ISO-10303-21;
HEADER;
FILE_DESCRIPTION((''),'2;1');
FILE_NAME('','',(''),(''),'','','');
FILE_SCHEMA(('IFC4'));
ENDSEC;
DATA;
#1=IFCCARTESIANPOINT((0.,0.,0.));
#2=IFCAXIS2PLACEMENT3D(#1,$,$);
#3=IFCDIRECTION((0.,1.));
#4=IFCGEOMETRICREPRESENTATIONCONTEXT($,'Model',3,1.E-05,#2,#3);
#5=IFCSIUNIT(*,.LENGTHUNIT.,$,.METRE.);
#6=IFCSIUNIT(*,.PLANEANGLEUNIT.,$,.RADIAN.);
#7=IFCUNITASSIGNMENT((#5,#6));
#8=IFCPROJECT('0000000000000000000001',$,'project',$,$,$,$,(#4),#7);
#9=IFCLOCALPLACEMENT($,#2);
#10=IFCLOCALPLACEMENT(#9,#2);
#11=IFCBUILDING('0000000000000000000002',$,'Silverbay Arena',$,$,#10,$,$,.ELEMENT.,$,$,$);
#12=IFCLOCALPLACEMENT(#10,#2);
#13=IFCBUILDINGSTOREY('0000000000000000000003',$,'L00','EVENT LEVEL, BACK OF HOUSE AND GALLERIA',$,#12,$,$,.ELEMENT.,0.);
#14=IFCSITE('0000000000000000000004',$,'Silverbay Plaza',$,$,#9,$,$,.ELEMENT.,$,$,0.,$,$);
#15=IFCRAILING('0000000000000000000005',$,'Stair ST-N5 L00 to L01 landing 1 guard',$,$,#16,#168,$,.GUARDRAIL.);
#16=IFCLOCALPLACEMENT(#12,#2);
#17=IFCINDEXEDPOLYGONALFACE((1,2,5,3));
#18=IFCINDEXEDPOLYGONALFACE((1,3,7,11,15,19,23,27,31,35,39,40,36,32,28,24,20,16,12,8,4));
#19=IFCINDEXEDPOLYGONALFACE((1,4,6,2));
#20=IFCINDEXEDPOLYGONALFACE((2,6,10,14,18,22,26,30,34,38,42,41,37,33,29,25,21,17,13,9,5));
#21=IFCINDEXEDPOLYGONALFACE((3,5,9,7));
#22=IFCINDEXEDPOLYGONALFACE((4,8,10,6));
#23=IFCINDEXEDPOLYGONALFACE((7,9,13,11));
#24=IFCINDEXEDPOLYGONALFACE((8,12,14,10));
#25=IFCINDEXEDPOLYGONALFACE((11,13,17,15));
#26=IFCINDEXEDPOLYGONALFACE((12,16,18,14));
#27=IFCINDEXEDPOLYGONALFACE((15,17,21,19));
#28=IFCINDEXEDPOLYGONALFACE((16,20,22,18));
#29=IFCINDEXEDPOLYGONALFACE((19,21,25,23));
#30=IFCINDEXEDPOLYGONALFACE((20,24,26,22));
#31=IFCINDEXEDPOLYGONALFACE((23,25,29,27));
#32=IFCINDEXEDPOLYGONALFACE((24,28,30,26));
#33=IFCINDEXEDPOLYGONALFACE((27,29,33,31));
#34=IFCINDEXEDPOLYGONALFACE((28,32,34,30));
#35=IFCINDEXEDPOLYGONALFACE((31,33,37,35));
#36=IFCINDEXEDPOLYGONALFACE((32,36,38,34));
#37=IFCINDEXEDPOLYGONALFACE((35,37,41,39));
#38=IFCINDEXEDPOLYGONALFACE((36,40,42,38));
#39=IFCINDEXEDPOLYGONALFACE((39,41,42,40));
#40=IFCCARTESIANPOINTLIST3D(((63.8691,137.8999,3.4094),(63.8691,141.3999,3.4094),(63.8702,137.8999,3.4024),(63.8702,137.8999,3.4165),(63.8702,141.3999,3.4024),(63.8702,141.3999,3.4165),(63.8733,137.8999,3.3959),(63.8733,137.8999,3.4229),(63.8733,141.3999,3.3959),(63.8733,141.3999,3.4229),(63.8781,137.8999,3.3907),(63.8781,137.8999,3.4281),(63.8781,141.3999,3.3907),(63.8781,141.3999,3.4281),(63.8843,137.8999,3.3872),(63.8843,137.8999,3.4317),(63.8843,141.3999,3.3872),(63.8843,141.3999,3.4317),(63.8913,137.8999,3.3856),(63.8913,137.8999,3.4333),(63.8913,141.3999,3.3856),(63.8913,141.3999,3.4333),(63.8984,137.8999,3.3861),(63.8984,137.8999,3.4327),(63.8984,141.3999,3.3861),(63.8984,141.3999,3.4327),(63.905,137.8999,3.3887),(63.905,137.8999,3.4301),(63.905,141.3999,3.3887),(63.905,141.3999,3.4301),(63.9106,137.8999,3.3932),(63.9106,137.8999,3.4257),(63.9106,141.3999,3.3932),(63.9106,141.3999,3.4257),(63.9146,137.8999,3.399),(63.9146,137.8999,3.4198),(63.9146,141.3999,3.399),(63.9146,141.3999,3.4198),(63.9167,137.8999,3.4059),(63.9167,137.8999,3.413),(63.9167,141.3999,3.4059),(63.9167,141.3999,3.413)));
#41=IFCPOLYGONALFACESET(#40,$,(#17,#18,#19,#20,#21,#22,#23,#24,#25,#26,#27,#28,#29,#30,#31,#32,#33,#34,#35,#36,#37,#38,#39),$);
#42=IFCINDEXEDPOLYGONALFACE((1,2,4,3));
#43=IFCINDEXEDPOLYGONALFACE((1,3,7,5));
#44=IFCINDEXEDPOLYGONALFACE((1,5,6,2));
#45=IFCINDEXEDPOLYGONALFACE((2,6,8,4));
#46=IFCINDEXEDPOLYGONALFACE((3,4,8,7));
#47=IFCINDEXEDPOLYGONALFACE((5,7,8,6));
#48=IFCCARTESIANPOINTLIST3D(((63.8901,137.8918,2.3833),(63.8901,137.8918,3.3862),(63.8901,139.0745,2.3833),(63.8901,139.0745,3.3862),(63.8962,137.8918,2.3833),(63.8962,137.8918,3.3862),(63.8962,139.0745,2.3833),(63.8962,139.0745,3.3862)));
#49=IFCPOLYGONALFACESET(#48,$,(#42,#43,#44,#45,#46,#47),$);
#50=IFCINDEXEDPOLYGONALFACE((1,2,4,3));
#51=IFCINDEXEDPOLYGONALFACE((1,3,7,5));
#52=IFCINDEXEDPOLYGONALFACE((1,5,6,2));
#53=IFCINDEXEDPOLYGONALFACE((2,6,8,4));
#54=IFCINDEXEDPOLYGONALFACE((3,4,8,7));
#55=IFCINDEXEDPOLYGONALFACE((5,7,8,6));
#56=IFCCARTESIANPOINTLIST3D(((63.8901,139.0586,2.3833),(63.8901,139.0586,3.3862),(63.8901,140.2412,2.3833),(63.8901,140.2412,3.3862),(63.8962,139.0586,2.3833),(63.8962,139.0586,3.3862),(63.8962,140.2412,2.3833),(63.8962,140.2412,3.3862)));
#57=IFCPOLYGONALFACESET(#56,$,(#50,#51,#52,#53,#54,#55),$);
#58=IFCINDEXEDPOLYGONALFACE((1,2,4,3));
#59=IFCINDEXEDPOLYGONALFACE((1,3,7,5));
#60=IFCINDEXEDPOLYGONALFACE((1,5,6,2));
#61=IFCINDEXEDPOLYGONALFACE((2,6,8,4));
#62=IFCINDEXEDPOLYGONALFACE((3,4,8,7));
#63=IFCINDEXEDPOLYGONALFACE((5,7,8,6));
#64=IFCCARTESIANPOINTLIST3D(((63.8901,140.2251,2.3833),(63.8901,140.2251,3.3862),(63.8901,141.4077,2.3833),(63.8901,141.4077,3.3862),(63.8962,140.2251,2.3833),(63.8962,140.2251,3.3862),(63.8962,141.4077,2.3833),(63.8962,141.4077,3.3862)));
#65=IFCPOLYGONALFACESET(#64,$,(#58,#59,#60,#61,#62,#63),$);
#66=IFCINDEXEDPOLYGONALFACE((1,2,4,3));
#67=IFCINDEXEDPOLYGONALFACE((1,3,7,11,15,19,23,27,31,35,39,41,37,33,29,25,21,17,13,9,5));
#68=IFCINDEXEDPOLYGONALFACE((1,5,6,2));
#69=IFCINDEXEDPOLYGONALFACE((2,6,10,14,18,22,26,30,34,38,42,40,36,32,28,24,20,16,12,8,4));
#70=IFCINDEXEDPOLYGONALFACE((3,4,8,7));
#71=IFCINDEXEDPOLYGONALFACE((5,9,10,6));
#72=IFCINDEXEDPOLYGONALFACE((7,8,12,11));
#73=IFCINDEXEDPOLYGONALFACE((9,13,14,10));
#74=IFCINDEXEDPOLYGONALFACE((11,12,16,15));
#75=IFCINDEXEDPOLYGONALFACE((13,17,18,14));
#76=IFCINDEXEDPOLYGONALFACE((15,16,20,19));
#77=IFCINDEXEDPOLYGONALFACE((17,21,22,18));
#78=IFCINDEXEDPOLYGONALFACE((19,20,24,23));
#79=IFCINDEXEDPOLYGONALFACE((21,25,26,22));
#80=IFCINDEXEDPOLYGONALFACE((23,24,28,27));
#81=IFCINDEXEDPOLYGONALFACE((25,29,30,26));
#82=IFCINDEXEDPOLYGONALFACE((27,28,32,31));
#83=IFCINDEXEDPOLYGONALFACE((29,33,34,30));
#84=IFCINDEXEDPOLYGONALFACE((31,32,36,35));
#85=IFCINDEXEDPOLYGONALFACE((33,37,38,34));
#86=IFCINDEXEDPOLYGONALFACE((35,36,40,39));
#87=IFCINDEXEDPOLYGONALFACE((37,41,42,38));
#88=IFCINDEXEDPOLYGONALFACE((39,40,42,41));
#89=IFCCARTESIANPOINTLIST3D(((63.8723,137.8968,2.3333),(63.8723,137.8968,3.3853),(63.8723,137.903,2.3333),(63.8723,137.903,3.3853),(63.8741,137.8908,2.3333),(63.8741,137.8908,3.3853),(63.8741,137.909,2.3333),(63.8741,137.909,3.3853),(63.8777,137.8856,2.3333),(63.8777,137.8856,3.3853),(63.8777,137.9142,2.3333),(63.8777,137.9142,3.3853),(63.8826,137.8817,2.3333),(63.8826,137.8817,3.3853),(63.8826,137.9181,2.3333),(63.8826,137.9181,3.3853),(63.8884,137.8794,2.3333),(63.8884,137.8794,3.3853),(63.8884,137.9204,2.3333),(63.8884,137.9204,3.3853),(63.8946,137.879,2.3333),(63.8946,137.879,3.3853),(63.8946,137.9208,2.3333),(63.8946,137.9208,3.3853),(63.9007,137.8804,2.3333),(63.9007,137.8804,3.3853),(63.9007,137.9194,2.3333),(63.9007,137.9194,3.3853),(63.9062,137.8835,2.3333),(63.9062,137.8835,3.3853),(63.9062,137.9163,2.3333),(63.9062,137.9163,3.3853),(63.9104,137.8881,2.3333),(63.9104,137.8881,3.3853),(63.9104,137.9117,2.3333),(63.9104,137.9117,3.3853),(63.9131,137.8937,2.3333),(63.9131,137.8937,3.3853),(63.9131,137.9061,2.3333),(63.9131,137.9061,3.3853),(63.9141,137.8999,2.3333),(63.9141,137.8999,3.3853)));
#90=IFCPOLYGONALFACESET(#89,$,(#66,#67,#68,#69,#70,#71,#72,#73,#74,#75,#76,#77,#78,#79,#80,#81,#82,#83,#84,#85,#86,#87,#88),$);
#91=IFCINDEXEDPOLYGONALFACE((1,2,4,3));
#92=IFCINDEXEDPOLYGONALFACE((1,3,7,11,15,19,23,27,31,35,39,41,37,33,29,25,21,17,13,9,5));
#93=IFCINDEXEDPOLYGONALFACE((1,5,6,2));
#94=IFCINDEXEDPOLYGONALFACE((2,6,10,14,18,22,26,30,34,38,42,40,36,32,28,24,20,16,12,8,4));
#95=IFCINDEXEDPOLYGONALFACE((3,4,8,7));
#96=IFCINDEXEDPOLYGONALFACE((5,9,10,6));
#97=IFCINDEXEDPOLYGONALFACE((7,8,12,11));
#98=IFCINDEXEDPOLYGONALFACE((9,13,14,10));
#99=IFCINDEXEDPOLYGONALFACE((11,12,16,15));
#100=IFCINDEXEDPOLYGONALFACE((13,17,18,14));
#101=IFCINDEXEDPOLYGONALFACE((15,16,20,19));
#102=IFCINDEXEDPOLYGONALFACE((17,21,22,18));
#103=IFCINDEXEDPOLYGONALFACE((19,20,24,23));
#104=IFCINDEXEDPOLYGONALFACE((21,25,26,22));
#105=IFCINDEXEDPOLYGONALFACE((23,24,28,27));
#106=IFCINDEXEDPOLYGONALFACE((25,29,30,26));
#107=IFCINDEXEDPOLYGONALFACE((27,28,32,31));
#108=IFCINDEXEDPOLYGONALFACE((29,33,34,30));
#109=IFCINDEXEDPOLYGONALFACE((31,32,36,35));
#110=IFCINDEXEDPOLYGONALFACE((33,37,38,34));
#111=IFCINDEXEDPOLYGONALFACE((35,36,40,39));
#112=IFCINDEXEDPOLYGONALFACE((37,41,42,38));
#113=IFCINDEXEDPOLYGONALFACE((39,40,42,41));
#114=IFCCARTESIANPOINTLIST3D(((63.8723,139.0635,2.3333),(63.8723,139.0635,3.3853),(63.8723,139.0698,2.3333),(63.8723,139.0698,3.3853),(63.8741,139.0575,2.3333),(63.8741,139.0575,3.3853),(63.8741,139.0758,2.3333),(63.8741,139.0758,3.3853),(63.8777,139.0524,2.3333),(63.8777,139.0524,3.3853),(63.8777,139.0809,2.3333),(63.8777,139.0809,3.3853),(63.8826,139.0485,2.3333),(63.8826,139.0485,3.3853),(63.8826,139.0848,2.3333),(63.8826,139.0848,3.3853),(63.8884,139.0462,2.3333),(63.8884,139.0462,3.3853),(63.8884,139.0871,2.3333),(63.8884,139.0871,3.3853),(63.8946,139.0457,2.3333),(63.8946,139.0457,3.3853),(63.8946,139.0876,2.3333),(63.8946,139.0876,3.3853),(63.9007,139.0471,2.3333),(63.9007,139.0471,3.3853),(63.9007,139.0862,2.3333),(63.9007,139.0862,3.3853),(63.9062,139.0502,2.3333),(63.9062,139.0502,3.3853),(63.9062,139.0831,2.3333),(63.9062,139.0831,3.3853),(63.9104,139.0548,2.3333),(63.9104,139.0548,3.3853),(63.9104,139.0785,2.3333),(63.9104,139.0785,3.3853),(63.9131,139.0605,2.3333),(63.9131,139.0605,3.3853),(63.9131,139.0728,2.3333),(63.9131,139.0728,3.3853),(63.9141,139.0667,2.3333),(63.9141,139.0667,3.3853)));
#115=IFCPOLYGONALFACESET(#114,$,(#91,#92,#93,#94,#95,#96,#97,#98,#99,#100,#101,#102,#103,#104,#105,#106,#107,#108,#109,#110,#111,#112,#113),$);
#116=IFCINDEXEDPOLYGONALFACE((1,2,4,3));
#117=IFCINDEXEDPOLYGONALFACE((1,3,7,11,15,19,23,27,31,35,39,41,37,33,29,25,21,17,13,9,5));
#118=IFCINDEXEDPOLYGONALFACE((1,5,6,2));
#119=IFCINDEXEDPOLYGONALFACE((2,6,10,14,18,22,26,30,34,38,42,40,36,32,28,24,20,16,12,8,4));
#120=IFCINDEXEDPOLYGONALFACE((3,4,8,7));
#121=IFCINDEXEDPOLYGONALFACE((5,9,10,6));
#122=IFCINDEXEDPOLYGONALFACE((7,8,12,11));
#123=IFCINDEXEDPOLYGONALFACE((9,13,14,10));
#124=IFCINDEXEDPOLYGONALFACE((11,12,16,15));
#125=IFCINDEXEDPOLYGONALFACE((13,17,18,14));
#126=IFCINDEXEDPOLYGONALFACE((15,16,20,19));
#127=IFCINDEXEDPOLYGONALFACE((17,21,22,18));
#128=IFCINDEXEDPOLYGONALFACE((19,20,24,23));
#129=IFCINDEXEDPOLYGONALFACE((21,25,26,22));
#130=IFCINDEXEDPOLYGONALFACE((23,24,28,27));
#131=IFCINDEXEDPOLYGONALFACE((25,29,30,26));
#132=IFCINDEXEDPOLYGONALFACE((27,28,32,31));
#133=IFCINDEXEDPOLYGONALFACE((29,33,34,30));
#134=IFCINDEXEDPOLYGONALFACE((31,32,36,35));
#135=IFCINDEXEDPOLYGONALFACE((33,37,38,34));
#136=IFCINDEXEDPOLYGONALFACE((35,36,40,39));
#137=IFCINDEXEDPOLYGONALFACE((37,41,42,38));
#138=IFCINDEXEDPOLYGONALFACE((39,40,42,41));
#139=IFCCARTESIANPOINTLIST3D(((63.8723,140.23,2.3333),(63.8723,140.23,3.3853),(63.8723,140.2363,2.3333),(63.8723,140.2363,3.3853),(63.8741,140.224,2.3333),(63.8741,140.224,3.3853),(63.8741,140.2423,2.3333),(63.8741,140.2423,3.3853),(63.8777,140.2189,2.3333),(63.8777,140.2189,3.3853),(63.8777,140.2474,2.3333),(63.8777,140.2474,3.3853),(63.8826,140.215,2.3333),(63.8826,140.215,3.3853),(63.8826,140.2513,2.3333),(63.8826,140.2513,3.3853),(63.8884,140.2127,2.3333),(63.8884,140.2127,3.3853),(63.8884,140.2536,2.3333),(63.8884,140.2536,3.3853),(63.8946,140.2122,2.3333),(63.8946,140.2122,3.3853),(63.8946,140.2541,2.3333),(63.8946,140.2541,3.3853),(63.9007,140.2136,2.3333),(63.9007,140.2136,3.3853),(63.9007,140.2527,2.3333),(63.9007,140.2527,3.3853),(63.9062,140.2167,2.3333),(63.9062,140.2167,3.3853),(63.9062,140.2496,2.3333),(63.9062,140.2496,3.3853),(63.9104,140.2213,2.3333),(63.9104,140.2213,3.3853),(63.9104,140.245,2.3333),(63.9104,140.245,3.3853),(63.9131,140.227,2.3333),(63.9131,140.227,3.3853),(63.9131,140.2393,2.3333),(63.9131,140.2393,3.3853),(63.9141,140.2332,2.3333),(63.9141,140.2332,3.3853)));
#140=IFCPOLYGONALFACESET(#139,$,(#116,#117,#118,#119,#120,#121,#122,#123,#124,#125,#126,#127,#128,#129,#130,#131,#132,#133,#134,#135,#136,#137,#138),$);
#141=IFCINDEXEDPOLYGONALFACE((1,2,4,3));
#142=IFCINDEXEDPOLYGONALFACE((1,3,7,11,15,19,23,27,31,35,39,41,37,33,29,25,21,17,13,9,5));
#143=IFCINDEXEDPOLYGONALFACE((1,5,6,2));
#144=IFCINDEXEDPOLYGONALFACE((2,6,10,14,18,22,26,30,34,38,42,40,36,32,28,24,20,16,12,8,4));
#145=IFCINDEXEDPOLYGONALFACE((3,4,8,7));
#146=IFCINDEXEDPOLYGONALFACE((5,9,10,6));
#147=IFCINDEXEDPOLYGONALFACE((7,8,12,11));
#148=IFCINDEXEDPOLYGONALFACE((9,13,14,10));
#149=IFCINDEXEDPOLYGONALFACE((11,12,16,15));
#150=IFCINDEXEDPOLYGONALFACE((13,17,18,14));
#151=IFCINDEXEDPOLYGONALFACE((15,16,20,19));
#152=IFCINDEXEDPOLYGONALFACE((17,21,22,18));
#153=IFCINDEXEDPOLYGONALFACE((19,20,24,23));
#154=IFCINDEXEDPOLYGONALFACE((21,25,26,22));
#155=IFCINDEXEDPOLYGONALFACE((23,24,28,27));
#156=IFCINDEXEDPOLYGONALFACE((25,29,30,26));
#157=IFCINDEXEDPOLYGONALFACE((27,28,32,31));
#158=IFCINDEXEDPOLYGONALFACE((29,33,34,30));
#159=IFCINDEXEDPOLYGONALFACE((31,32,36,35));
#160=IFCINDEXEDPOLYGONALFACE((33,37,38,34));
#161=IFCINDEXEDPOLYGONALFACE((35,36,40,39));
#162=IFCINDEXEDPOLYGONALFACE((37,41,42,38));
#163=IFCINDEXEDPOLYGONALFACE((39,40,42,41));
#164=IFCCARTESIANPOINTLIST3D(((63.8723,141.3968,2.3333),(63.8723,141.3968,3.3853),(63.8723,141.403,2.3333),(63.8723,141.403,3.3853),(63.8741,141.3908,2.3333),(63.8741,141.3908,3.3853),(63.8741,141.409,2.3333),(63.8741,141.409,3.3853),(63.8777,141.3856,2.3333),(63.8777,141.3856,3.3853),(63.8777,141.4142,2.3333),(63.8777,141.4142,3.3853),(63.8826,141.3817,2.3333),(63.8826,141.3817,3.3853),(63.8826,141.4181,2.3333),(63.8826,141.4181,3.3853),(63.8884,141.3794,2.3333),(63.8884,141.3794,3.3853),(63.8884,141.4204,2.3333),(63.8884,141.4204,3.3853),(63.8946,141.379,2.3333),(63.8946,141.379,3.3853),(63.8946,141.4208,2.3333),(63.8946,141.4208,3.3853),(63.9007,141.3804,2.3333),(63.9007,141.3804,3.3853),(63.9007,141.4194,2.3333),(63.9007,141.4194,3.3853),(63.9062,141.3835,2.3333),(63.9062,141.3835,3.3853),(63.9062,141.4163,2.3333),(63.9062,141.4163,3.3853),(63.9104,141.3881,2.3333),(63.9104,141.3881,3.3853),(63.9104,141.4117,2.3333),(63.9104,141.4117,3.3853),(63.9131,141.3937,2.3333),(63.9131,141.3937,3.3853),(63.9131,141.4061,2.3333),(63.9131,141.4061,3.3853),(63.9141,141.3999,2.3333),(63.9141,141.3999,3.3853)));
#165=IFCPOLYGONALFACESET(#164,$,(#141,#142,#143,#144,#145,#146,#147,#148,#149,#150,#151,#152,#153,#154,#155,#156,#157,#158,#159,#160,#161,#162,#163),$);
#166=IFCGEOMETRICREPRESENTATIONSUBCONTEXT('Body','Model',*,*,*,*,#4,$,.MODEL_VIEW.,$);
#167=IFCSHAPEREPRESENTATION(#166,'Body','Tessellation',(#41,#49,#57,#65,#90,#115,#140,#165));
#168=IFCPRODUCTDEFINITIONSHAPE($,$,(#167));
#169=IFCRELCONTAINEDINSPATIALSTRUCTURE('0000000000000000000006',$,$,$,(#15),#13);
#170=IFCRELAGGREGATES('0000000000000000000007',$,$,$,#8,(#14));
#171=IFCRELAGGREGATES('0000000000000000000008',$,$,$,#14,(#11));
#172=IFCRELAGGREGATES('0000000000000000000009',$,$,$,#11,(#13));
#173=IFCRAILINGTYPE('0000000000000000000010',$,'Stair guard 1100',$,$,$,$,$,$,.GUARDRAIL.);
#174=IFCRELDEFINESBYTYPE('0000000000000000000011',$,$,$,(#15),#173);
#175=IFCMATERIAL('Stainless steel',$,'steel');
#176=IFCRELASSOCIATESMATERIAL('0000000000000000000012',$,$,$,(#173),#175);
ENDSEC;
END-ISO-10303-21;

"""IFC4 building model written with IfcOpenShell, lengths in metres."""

from ifc_helpers import new_model, si_unit, direction, frame, origin, origin_2d, place, context, subcontext, project, spatial, polyline, circle, outline, extrude, material, type_object, element, save


model = new_model("IFC4")

# Units and contexts
model_context = context("Model", 3, precision=1e-05, world=origin(), true_north=direction((0.0, 1.0)))
body_context = subcontext(model_context, "Body", "Model", "MODEL_VIEW")
ifc_project = project(units=[si_unit("LENGTHUNIT", "METRE"), si_unit("PLANEANGLEUNIT", "RADIAN")], contexts=[model_context])

# Site, building, storey
site_placement = place(None, origin())
site = spatial("IfcSite", under=ifc_project, at=site_placement, Name="Silverbay Plaza", CompositionType="ELEMENT", RefElevation=0.0)
building_placement = place(site_placement, origin())
building = spatial("IfcBuilding", under=site, at=building_placement, Name="Silverbay Arena", CompositionType="ELEMENT")
storey_placement = place(building_placement, origin())
storey = spatial("IfcBuildingStorey", under=building, at=storey_placement, Name="L00", Description="EVENT LEVEL, BACK OF HOUSE AND GALLERIA", CompositionType="ELEMENT", Elevation=0.0)

# Railing
ifc_material_1 = material(Name="Stainless steel", Category="steel")
railing_type_1 = type_object("IfcRailingType", Name="Stair guard 1100", PredefinedType="GUARDRAIL", material=ifc_material_1)
for number, where, name in (
    (1, (63.8931, 137.8999, 2.3333), "Stair ST-N5 L00 to L01 landing 1 guard"),
):
    element("IfcRailing", number, at=place(storey_placement, frame(where)), inside=storey, type_object=railing_type_1, Name=name, PredefinedType="GUARDRAIL", context=body_context, shape_type="SweptSolid", body=[
        extrude(circle(Radius=0.0239, at=origin_2d()), frame((0.0, 0.0, 1.0762), z_axis=(0.0, 1.0, 0.0), x_axis=(-1.0, 0.0, 0.0)), (0.0, 0.0, 1.0), 3.5),
        extrude(outline(polyline([(-0.0081, 0.05), (1.1746, 0.05), (1.1746, 1.053), (-0.0081, 1.053), (-0.0081, 0.05)])), frame((-0.0029, 0.0, 0.0), z_axis=(1.0, 0.0, 0.0), x_axis=(0.0, 1.0, 0.0)), (0.0, 0.0, 1.0), 0.0061),
        extrude(outline(polyline([(-0.0081, 0.05), (1.1746, 0.05), (1.1746, 1.053), (-0.0081, 1.053), (-0.0081, 0.05)])), frame((-0.0029, 1.1667, 0.0), z_axis=(1.0, 0.0, 0.0), x_axis=(0.0, 1.0, 0.0)), (0.0, 0.0, 1.0), 0.0061),
        extrude(outline(polyline([(-0.0081, 0.05), (1.1746, 0.05), (1.1746, 1.053), (-0.0081, 1.053), (-0.0081, 0.05)])), frame((-0.0029, 2.3333, 0.0), z_axis=(1.0, 0.0, 0.0), x_axis=(0.0, 1.0, 0.0)), (0.0, 0.0, 1.0), 0.0061),
        extrude(circle(Radius=0.021, at=origin_2d()), origin(), (0.0, 0.0, 1.0), 1.052),
        extrude(circle(Radius=0.021, at=origin_2d()), frame((0.0, 1.1667, 0.0)), (0.0, 0.0, 1.0), 1.052),
        extrude(circle(Radius=0.021, at=origin_2d()), frame((0.0, 2.3333, 0.0)), (0.0, 0.0, 1.0), 1.052),
        extrude(circle(Radius=0.021, at=origin_2d()), frame((0.0, 3.5, 0.0)), (0.0, 0.0, 1.0), 1.052),
    ])

save(model, "model.ifc")
